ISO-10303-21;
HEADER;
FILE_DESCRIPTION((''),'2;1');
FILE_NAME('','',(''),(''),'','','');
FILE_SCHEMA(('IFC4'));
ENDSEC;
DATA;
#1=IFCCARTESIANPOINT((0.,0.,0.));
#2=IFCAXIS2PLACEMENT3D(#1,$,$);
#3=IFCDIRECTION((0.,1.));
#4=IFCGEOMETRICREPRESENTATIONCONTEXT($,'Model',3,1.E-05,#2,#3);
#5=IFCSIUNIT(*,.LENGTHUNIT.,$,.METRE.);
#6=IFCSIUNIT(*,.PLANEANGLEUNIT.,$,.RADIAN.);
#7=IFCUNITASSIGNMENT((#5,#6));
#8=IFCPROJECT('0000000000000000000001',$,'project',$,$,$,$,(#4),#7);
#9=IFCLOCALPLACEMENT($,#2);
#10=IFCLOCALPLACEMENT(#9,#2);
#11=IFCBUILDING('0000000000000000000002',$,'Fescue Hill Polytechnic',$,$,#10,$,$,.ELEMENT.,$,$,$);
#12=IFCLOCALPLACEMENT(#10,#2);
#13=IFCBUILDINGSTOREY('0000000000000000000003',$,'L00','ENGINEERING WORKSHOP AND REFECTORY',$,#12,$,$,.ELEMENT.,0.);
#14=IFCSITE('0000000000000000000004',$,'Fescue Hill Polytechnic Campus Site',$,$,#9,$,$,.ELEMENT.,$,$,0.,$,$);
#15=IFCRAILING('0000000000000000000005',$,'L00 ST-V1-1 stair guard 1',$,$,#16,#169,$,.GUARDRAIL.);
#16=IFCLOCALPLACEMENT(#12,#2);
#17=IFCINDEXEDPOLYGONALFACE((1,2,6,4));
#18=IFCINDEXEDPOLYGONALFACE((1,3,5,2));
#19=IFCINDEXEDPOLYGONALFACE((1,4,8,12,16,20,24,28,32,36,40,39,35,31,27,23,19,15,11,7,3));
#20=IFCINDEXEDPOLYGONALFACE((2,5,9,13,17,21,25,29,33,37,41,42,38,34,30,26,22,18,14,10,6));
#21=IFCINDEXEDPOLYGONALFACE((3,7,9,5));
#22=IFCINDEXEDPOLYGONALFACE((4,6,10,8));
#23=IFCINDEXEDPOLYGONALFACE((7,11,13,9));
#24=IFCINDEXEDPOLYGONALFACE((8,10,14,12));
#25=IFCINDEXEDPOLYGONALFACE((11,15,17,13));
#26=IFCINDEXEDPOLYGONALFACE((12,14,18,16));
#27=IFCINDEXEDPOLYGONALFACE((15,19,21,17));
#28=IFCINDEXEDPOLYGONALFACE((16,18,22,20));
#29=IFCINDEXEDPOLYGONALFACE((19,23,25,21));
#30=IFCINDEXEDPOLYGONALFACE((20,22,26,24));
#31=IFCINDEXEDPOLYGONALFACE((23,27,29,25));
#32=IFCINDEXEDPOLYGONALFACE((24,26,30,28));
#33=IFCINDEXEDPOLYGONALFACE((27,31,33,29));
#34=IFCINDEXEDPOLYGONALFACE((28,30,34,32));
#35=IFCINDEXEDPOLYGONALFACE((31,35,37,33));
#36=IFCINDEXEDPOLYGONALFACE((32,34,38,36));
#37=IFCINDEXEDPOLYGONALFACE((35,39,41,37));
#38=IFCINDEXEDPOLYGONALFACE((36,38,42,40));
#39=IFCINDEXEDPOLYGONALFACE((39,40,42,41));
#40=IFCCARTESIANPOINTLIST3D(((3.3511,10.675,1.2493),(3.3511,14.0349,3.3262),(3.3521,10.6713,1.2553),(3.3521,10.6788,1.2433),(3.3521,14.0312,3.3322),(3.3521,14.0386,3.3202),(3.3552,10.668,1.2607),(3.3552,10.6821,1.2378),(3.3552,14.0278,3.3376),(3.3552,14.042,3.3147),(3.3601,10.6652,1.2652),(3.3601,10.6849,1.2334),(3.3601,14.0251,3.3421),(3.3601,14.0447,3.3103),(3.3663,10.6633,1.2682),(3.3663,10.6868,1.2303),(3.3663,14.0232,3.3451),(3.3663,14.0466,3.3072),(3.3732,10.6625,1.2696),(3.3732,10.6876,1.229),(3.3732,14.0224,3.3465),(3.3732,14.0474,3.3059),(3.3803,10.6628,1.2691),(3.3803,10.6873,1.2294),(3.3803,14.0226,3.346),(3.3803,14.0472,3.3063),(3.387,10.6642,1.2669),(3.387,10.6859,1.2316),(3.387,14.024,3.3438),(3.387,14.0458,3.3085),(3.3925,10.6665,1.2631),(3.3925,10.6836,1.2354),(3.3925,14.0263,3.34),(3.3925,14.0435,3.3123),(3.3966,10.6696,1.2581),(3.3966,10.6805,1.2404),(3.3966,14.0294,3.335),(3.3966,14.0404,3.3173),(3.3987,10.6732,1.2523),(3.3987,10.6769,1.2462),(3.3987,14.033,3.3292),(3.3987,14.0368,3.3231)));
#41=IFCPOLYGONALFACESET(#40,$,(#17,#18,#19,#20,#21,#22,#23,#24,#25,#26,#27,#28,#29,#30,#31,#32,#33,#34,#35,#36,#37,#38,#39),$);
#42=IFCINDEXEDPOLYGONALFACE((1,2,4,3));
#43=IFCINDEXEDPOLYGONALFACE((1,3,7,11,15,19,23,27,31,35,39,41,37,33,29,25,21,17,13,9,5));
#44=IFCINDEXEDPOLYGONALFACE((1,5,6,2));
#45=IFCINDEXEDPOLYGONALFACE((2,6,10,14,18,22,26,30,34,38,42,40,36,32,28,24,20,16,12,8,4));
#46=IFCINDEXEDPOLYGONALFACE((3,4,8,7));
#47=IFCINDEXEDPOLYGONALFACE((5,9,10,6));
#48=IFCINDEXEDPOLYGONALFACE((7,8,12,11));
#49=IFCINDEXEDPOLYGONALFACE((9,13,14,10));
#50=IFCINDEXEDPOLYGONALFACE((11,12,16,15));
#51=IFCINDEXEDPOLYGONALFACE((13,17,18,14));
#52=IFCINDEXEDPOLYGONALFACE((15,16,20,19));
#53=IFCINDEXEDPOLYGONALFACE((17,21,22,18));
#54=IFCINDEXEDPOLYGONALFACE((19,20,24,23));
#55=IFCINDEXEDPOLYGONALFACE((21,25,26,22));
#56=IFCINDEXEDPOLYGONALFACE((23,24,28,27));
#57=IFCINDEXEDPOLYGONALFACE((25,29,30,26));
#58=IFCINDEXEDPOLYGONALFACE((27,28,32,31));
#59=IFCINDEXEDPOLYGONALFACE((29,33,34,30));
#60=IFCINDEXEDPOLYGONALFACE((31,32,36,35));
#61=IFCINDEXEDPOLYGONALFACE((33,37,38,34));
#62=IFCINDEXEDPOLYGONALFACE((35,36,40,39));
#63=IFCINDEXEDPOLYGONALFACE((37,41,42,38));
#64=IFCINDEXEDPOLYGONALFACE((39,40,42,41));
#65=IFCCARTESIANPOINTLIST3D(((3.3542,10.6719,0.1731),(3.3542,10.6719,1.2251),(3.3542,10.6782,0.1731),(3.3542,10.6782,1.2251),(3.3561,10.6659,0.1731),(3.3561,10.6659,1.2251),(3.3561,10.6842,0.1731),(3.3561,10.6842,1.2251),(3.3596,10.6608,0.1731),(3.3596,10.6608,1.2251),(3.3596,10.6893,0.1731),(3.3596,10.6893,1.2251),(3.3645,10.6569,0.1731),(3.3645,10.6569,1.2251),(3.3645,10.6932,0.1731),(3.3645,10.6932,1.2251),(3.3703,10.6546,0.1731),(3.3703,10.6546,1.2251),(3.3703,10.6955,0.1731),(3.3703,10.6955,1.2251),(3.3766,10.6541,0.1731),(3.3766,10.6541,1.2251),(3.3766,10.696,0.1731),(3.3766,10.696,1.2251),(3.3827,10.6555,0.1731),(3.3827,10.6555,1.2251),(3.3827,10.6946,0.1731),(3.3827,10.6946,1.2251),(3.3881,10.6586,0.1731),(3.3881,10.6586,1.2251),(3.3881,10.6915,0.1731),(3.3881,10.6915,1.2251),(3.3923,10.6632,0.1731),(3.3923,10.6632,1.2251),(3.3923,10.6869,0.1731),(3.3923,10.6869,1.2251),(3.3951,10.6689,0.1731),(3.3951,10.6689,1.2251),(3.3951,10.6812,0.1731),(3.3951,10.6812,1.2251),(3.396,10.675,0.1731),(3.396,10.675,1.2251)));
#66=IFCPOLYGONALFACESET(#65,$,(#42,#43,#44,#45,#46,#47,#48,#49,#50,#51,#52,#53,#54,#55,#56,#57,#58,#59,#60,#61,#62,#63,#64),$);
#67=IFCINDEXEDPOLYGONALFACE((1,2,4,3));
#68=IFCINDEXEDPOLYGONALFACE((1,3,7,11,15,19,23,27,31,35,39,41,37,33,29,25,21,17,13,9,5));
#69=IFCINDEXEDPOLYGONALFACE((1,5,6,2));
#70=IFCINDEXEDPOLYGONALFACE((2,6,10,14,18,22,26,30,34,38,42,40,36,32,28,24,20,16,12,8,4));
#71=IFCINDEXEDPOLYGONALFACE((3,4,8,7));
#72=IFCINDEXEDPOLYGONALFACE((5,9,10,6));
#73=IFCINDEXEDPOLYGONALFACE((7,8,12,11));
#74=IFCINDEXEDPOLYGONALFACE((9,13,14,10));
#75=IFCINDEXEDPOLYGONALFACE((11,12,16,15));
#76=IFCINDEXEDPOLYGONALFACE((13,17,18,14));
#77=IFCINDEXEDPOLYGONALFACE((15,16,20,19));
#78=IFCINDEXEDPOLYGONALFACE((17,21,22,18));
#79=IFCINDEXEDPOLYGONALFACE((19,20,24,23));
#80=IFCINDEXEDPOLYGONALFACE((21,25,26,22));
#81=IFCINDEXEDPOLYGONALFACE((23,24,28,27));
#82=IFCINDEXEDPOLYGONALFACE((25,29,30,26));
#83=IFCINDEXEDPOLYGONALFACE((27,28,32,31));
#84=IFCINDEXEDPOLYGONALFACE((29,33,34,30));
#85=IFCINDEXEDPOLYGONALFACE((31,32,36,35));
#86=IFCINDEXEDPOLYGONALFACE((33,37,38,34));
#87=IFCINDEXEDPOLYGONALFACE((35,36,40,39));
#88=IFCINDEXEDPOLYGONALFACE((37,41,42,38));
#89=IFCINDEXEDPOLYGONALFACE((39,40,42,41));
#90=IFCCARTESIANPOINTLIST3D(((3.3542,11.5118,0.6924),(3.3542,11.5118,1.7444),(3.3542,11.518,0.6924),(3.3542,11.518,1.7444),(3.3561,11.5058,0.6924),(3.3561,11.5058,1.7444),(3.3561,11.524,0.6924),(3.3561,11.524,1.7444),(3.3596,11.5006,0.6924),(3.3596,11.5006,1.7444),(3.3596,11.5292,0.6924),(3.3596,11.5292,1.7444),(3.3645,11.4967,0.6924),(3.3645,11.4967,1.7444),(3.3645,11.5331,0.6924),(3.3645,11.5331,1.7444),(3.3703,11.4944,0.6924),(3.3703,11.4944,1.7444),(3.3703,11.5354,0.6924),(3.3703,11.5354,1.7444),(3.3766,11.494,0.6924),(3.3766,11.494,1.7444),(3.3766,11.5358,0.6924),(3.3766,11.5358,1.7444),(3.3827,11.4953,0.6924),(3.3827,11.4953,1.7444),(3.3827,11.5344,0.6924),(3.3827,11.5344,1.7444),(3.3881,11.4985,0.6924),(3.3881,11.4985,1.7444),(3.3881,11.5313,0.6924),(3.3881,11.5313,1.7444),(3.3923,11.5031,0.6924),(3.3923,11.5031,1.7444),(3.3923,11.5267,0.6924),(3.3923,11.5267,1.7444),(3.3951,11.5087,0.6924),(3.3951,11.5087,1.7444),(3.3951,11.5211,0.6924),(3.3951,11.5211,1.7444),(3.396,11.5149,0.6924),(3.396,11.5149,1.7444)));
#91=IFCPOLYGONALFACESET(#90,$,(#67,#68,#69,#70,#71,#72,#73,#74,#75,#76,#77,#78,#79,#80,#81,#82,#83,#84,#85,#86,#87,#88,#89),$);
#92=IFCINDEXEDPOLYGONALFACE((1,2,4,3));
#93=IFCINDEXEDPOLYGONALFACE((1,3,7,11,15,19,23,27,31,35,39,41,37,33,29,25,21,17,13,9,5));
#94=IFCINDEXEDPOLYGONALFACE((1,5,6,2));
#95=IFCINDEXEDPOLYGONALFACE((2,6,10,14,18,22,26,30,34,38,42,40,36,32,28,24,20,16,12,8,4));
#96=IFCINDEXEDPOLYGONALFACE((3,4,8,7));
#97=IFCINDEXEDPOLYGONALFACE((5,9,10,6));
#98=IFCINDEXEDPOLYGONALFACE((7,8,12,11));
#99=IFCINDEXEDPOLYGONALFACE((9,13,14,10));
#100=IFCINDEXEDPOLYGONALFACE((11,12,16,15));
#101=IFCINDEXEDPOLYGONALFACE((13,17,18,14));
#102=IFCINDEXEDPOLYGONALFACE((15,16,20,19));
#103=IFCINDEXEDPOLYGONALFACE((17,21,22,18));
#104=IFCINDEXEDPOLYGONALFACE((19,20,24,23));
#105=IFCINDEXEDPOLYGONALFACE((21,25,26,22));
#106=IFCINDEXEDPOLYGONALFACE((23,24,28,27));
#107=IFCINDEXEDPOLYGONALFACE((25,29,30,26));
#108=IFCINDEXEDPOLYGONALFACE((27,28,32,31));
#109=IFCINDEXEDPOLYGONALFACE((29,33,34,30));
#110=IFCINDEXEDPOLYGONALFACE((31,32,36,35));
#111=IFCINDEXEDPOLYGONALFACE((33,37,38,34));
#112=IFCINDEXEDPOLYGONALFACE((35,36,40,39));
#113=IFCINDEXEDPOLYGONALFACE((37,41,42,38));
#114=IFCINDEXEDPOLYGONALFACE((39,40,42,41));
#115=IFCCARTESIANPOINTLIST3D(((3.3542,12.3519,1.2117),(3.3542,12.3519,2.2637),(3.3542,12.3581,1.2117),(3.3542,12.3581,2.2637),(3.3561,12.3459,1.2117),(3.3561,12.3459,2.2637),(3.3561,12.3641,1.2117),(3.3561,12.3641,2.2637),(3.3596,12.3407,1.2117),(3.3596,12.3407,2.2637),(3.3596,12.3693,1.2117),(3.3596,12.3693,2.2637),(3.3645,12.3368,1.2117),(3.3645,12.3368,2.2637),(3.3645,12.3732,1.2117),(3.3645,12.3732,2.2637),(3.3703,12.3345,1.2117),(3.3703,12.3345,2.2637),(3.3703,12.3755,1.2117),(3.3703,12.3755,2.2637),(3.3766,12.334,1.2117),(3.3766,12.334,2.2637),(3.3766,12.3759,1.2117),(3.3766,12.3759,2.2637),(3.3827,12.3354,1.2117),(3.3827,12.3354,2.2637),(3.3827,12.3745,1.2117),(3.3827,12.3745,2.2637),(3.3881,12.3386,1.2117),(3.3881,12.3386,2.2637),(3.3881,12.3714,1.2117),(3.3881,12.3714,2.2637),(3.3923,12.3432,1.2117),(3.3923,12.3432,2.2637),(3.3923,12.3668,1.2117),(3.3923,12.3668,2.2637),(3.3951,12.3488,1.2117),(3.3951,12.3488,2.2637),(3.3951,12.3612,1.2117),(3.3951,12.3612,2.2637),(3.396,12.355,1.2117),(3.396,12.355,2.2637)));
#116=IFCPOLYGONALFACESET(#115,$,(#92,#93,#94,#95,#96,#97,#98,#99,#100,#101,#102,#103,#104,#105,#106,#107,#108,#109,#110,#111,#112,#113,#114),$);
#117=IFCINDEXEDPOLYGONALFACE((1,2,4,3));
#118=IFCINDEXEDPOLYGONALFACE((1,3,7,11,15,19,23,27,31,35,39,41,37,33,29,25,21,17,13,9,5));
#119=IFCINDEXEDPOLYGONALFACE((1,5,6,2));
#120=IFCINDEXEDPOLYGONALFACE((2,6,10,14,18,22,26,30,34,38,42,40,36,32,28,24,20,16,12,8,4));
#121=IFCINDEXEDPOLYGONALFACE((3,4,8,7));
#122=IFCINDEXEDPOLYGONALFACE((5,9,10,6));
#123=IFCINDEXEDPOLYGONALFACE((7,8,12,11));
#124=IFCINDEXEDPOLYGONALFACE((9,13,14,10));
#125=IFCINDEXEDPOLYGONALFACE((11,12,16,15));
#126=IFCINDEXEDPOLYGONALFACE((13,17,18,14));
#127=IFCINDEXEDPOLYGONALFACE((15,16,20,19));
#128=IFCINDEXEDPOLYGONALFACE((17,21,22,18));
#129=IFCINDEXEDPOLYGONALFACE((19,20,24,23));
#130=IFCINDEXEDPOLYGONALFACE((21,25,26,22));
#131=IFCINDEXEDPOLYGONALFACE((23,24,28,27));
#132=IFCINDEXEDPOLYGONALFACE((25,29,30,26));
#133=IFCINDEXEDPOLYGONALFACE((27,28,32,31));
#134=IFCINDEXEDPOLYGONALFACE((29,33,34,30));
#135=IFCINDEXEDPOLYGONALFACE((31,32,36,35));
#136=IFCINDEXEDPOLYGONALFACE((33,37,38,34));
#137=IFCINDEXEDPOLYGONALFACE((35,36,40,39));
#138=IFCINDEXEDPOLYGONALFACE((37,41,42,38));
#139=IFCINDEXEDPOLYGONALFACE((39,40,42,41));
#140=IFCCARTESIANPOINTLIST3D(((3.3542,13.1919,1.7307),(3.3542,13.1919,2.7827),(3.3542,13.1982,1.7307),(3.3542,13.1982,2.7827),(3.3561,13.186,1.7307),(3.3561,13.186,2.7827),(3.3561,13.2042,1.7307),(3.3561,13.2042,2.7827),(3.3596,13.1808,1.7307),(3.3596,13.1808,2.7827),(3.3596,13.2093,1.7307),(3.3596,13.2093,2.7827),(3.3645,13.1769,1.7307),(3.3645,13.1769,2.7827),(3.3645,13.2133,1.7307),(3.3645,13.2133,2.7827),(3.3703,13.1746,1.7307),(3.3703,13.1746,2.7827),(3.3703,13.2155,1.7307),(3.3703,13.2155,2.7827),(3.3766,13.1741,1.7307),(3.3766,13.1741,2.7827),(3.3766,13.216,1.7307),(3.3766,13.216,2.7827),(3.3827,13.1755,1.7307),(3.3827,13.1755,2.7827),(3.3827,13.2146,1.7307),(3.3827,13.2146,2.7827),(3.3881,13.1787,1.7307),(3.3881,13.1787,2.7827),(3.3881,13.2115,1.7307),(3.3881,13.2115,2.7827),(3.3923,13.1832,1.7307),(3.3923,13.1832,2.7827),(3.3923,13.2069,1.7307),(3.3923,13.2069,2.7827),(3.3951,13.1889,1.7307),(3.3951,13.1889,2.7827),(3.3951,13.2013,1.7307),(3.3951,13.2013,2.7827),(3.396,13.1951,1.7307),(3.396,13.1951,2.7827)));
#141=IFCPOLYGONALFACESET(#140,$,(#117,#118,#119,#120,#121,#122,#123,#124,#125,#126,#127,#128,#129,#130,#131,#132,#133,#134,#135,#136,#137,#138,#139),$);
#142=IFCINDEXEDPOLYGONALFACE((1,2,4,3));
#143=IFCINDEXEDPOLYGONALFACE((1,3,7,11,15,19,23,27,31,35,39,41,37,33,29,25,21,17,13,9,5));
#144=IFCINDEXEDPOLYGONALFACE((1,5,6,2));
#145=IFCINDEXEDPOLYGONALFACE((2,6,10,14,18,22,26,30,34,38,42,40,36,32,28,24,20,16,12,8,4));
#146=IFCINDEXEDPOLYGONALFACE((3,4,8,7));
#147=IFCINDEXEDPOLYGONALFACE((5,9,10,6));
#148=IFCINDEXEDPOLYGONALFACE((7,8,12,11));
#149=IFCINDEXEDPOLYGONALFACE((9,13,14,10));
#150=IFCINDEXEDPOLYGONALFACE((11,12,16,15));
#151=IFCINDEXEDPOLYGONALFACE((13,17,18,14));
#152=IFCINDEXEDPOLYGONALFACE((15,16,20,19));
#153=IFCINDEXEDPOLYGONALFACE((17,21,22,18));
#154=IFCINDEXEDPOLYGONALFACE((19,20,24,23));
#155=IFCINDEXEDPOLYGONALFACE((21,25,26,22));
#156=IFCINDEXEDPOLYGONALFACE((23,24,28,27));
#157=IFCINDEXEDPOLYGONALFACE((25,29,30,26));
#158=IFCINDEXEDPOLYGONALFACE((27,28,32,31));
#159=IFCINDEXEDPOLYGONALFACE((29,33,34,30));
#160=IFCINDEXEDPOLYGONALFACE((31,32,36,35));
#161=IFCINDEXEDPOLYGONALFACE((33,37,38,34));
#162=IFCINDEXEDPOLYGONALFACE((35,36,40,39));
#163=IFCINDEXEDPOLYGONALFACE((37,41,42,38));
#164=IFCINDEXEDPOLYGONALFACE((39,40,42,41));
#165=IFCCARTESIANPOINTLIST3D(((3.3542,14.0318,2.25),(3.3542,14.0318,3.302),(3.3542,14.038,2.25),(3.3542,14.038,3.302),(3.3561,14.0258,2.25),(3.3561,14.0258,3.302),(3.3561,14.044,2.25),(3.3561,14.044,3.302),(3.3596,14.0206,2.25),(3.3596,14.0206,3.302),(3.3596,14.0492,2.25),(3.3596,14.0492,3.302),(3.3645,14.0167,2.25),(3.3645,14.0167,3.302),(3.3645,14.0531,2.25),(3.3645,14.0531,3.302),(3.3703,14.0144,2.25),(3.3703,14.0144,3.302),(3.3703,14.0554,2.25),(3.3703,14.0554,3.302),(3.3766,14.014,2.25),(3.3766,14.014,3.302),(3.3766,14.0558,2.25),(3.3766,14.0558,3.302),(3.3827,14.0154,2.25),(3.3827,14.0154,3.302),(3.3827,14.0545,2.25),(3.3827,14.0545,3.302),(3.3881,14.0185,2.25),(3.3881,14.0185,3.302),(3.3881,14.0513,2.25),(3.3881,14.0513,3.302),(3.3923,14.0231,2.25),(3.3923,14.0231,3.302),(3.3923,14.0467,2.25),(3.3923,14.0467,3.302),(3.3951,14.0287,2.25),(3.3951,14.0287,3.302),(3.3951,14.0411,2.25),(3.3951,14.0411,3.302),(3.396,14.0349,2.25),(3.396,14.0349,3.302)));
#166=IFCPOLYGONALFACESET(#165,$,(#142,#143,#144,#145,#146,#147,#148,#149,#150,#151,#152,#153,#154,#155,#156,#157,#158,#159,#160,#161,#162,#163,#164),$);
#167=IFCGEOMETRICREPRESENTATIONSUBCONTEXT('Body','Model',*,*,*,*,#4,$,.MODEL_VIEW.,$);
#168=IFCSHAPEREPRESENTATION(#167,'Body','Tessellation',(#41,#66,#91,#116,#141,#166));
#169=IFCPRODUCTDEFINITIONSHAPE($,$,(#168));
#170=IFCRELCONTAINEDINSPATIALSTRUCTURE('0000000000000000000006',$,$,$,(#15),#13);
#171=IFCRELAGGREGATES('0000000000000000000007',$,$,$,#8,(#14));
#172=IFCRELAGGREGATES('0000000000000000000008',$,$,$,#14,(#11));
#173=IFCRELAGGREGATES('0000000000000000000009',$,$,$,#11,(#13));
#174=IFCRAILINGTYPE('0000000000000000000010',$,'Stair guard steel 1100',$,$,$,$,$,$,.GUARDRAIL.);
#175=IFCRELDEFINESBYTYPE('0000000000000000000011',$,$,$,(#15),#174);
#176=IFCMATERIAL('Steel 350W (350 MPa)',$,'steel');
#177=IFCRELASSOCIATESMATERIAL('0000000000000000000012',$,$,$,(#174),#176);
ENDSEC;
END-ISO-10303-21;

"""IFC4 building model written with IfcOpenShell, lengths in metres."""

from ifc_helpers import new_model, si_unit, direction, frame, origin, origin_2d, place, context, subcontext, project, spatial, circle, extrude, material, type_object, element, save


model = new_model("IFC4")

# Units and contexts
model_context = context("Model", 3, precision=1e-05, world=origin(), true_north=direction((0.0, 1.0)))
body_context = subcontext(model_context, "Body", "Model", "MODEL_VIEW")
ifc_project = project(units=[si_unit("LENGTHUNIT", "METRE"), si_unit("PLANEANGLEUNIT", "RADIAN")], contexts=[model_context])

# Site, building, storey
site_placement = place(None, origin())
site = spatial("IfcSite", under=ifc_project, at=site_placement, Name="Fescue Hill Polytechnic Campus Site", CompositionType="ELEMENT", RefElevation=0.0)
building_placement = place(site_placement, origin())
building = spatial("IfcBuilding", under=site, at=building_placement, Name="Fescue Hill Polytechnic", CompositionType="ELEMENT")
storey_placement = place(building_placement, origin())
storey = spatial("IfcBuildingStorey", under=building, at=storey_placement, Name="L00", Description="ENGINEERING WORKSHOP AND REFECTORY", CompositionType="ELEMENT", Elevation=0.0)

# Railing
ifc_material_1 = material(Name="Steel 350W (350 MPa)", Category="steel")
railing_type_1 = type_object("IfcRailingType", Name="Stair guard steel 1100", PredefinedType="GUARDRAIL", material=ifc_material_1)
railing_1_placement = place(storey_placement, frame((3.375, 10.675, 0.1731)))
element("IfcRailing", 1, at=railing_1_placement, inside=storey, type_object=railing_type_1, Name="L00 ST-V1-1 stair guard 1", PredefinedType="GUARDRAIL", context=body_context, shape_type="SweptSolid", body=[
    extrude(circle(Radius=0.0239, at=origin_2d()), frame((0.0, 0.0, 1.0762), z_axis=(0.0, 0.850606, 0.525803), x_axis=(-1.0, 0.0, 0.0)), (0.0, 0.0, 1.0), 3.95),
    extrude(circle(Radius=0.021, at=origin_2d()), origin(), (0.0, 0.0, 1.0), 1.052),
    extrude(circle(Radius=0.021, at=origin_2d()), frame((0.0, 0.8398, 0.5193)), (0.0, 0.0, 1.0), 1.052),
    extrude(circle(Radius=0.021, at=origin_2d()), frame((0.0, 1.6799, 1.0386)), (0.0, 0.0, 1.0), 1.052),
    extrude(circle(Radius=0.021, at=origin_2d()), frame((0.0, 2.52, 1.5576)), (0.0, 0.0, 1.0), 1.052),
    extrude(circle(Radius=0.021, at=origin_2d()), frame((0.0, 3.3599, 2.0769)), (0.0, 0.0, 1.0), 1.052),
])

save(model, "model.ifc")
